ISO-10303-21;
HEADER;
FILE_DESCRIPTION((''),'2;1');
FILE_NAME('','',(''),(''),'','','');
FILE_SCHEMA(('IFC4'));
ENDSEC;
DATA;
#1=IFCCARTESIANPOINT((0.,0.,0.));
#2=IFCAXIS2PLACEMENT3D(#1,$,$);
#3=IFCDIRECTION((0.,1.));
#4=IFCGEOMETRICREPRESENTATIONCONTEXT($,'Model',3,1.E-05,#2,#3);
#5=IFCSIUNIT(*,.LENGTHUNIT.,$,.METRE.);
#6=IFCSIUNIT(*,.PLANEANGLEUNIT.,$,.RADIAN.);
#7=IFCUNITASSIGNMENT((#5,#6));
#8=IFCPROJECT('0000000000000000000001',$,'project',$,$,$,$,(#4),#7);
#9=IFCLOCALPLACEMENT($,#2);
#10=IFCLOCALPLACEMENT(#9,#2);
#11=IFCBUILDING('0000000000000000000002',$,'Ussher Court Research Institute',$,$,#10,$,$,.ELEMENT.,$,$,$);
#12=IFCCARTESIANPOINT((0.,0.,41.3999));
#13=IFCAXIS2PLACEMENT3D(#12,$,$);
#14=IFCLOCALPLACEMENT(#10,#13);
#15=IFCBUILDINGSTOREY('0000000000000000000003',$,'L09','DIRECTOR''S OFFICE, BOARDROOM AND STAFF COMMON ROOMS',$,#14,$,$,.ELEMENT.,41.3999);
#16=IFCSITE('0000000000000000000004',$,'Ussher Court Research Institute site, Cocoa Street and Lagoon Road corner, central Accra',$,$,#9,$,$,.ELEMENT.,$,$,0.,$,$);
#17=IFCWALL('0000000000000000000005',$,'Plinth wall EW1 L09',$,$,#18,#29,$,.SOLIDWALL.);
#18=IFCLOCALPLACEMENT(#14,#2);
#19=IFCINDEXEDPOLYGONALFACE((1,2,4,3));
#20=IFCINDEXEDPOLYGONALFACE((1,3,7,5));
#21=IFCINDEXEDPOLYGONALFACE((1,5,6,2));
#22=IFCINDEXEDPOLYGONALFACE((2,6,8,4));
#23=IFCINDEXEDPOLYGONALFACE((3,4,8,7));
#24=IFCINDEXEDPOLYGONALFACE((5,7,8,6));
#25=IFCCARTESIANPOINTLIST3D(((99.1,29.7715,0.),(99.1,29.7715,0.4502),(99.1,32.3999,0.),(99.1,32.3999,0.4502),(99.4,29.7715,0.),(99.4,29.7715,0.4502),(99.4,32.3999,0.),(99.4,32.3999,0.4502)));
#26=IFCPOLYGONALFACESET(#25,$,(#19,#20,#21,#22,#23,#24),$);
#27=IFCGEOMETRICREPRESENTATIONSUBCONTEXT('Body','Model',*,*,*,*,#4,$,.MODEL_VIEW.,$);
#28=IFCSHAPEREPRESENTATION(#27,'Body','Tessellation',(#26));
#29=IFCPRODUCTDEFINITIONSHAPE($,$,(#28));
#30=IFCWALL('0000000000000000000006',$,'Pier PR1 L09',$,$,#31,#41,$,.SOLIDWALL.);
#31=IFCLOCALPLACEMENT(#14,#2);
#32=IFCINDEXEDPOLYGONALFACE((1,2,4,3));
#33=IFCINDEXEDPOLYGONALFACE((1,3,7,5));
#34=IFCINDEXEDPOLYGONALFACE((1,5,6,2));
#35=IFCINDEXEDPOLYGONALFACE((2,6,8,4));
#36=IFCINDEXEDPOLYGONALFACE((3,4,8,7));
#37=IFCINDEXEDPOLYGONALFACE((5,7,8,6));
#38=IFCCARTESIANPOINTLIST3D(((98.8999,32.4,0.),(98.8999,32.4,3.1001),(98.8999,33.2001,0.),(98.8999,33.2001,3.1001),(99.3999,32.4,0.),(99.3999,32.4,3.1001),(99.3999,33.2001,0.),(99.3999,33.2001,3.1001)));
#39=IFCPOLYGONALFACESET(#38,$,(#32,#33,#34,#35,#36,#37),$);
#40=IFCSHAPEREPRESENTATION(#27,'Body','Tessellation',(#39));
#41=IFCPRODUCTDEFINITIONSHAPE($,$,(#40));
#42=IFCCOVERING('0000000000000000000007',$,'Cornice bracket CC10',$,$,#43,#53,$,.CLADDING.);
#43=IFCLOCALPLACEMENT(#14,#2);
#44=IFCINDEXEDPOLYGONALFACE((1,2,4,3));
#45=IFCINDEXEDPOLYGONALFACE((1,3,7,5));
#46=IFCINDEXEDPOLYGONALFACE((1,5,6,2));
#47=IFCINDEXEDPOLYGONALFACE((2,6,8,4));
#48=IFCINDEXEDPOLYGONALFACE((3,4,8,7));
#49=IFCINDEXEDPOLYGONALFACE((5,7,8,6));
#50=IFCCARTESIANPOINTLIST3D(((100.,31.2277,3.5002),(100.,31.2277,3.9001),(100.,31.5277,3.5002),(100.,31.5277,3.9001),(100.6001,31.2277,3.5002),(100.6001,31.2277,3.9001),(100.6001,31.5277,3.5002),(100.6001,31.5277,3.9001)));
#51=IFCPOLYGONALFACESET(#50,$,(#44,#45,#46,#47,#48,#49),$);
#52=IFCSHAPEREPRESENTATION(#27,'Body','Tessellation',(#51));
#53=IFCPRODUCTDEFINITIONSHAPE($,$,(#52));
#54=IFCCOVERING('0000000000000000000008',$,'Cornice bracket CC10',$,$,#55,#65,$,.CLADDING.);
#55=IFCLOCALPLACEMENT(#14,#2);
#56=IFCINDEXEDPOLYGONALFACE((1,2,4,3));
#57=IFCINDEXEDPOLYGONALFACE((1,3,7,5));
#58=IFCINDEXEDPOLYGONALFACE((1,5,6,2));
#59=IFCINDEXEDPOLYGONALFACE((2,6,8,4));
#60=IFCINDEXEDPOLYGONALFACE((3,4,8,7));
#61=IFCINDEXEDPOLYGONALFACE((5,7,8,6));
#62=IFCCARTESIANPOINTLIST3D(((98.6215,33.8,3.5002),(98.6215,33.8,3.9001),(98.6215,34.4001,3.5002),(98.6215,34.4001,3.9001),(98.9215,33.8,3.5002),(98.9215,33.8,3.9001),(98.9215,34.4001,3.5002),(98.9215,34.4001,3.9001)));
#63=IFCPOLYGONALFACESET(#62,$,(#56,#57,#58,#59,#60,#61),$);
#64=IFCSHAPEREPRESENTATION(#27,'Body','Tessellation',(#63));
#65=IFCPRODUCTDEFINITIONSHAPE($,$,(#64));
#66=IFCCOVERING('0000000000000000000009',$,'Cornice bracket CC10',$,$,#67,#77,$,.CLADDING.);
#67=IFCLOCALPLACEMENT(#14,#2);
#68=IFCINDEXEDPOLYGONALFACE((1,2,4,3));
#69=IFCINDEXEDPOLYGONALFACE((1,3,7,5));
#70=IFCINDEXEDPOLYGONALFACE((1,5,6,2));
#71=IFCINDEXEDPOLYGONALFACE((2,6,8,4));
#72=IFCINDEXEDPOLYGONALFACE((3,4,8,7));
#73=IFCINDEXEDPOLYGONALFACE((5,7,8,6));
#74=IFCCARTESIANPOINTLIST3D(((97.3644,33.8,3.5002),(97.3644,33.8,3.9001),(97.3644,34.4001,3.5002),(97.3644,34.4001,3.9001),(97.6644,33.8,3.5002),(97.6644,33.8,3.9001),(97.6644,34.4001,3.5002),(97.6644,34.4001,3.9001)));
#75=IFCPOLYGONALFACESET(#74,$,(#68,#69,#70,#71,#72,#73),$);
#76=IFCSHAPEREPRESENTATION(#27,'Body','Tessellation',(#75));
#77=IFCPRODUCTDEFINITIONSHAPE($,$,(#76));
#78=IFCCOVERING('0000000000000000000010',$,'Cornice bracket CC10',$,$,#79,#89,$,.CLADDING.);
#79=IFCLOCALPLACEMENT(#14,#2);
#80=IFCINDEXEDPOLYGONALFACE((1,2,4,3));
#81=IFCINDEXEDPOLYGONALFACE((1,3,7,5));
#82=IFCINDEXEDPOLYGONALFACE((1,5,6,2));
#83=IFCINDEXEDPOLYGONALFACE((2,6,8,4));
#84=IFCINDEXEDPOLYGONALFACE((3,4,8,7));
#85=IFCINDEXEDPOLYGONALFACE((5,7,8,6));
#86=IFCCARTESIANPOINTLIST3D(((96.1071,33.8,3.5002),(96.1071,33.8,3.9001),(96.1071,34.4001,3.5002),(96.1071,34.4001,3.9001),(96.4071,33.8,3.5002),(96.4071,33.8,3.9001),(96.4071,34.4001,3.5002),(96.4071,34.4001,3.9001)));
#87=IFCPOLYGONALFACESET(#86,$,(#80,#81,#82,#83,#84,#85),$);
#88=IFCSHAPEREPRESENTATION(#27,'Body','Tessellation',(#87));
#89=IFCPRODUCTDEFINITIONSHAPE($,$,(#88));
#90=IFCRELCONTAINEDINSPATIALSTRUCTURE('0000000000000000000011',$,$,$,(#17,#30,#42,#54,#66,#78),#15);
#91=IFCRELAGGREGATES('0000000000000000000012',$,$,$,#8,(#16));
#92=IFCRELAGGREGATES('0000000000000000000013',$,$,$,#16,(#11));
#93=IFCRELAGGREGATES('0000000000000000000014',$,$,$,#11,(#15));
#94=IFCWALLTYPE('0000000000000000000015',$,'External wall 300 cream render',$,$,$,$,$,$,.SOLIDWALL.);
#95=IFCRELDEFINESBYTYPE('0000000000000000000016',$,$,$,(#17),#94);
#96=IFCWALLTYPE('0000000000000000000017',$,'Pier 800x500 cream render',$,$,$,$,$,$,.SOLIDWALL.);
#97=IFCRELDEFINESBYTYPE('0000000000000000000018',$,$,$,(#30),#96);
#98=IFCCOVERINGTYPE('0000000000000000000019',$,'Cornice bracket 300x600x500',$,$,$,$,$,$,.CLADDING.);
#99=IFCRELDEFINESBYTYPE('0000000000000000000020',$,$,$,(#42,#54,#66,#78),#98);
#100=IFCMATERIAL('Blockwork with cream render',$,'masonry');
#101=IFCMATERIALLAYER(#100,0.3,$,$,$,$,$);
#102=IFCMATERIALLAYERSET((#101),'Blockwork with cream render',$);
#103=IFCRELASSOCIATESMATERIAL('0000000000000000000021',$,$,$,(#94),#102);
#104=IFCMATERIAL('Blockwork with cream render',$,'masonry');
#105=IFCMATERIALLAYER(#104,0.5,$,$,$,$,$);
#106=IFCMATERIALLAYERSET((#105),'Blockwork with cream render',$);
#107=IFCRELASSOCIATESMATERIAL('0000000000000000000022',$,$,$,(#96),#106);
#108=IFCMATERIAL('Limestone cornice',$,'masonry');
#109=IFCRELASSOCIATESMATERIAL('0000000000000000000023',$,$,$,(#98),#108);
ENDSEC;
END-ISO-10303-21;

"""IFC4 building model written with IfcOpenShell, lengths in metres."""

from ifc_helpers import new_model, si_unit, direction, frame, frame_2d, origin, origin_2d, place, context, subcontext, project, spatial, rectangle, extrude, material, layer, layer_set, type_object, element, save


model = new_model("IFC4")

# Units and contexts
model_context = context("Model", 3, precision=1e-05, world=origin(), true_north=direction((0.0, 1.0)))
body_context = subcontext(model_context, "Body", "Model", "MODEL_VIEW")
ifc_project = project(units=[si_unit("LENGTHUNIT", "METRE"), si_unit("PLANEANGLEUNIT", "RADIAN")], contexts=[model_context])

# Site, building, storey
site_placement = place(None, origin())
site = spatial("IfcSite", under=ifc_project, at=site_placement, Name="Ussher Court Research Institute site, Cocoa Street and Lagoon Road corner, central Accra", CompositionType="ELEMENT", RefElevation=0.0)
building_placement = place(site_placement, origin())
building = spatial("IfcBuilding", under=site, at=building_placement, Name="Ussher Court Research Institute", CompositionType="ELEMENT")
storey_placement = place(building_placement, frame((0.0, 0.0, 41.3999)))
storey = spatial("IfcBuildingStorey", under=building, at=storey_placement, Name="L09", Description="DIRECTOR'S OFFICE, BOARDROOM AND STAFF COMMON ROOMS", CompositionType="ELEMENT", Elevation=41.3999)

# Walls
ifc_material_1 = material(Name="Blockwork with cream render", Category="masonry")
ifc_layer_1 = layer(ifc_material_1, 0.3)
ifc_layer_set_1 = layer_set([ifc_layer_1], Name="Blockwork with cream render")
wall_type_1 = type_object("IfcWallType", Name="External wall 300 cream render", PredefinedType="SOLIDWALL", material=ifc_layer_set_1)
wall_1_placement = place(storey_placement, frame((99.25, 32.3999, 0.0), z_axis=(0.0, 0.0, 1.0), x_axis=(0.0, -1.0, 0.0)))
element("IfcWall", 1, at=wall_1_placement, inside=storey, type_object=wall_type_1, Name="Plinth wall EW1 L09", PredefinedType="SOLIDWALL", context=body_context, shape_type="SweptSolid", body=[
    extrude(rectangle(XDim=2.6284, YDim=0.3, at=frame_2d((1.3142, 0.0))), origin(), (0.0, 0.0, 1.0), 0.4502),
])
ifc_material_2 = material(Name="Blockwork with cream render", Category="masonry")
ifc_layer_2 = layer(ifc_material_2, 0.5)
ifc_layer_set_2 = layer_set([ifc_layer_2], Name="Blockwork with cream render")
wall_type_2 = type_object("IfcWallType", Name="Pier 800x500 cream render", PredefinedType="SOLIDWALL", material=ifc_layer_set_2)
wall_2_placement = place(storey_placement, frame((99.1499, 33.2, 0.0), z_axis=(0.0, 0.0, 1.0), x_axis=(0.0, -1.0, 0.0)))
element("IfcWall", 2, at=wall_2_placement, inside=storey, type_object=wall_type_2, Name="Pier PR1 L09", PredefinedType="SOLIDWALL", context=body_context, shape_type="SweptSolid", body=[
    extrude(rectangle(XDim=0.8, YDim=0.5, at=frame_2d((0.3999, 0.0))), origin(), (0.0, 0.0, 1.0), 3.1001),
])

# Coverings
ifc_material_3 = material(Name="Limestone cornice", Category="masonry")
covering_type = type_object("IfcCoveringType", Name="Cornice bracket 300x600x500", PredefinedType="CLADDING", material=ifc_material_3)
for number, where, z_axis, x_axis, name in (
    (3, (100.3, 31.3777, 3.5002), (0.0, 0.0, 1.0), (0.0, 1.0, 0.0), "Cornice bracket CC10"),
    (4, (98.7715, 34.1001, 3.5002), (0.0, 0.0, 1.0), (-1.0, 0.0, 0.0), "Cornice bracket CC10"),
    (5, (97.5144, 34.1001, 3.5002), (0.0, 0.0, 1.0), (-1.0, 0.0, 0.0), "Cornice bracket CC10"),
    (6, (96.2571, 34.1001, 3.5002), (0.0, 0.0, 1.0), (-1.0, 0.0, 0.0), "Cornice bracket CC10"),
):
    element("IfcCovering", number, at=place(storey_placement, frame(where, z_axis=z_axis, x_axis=x_axis)), inside=storey, type_object=covering_type, Name=name, PredefinedType="CLADDING", context=body_context, shape_type="SweptSolid", body=[
        extrude(rectangle(XDim=0.3, YDim=0.6001, at=origin_2d()), origin(), (0.0, 0.0, 1.0), 0.3999),
    ])

save(model, "model.ifc")
